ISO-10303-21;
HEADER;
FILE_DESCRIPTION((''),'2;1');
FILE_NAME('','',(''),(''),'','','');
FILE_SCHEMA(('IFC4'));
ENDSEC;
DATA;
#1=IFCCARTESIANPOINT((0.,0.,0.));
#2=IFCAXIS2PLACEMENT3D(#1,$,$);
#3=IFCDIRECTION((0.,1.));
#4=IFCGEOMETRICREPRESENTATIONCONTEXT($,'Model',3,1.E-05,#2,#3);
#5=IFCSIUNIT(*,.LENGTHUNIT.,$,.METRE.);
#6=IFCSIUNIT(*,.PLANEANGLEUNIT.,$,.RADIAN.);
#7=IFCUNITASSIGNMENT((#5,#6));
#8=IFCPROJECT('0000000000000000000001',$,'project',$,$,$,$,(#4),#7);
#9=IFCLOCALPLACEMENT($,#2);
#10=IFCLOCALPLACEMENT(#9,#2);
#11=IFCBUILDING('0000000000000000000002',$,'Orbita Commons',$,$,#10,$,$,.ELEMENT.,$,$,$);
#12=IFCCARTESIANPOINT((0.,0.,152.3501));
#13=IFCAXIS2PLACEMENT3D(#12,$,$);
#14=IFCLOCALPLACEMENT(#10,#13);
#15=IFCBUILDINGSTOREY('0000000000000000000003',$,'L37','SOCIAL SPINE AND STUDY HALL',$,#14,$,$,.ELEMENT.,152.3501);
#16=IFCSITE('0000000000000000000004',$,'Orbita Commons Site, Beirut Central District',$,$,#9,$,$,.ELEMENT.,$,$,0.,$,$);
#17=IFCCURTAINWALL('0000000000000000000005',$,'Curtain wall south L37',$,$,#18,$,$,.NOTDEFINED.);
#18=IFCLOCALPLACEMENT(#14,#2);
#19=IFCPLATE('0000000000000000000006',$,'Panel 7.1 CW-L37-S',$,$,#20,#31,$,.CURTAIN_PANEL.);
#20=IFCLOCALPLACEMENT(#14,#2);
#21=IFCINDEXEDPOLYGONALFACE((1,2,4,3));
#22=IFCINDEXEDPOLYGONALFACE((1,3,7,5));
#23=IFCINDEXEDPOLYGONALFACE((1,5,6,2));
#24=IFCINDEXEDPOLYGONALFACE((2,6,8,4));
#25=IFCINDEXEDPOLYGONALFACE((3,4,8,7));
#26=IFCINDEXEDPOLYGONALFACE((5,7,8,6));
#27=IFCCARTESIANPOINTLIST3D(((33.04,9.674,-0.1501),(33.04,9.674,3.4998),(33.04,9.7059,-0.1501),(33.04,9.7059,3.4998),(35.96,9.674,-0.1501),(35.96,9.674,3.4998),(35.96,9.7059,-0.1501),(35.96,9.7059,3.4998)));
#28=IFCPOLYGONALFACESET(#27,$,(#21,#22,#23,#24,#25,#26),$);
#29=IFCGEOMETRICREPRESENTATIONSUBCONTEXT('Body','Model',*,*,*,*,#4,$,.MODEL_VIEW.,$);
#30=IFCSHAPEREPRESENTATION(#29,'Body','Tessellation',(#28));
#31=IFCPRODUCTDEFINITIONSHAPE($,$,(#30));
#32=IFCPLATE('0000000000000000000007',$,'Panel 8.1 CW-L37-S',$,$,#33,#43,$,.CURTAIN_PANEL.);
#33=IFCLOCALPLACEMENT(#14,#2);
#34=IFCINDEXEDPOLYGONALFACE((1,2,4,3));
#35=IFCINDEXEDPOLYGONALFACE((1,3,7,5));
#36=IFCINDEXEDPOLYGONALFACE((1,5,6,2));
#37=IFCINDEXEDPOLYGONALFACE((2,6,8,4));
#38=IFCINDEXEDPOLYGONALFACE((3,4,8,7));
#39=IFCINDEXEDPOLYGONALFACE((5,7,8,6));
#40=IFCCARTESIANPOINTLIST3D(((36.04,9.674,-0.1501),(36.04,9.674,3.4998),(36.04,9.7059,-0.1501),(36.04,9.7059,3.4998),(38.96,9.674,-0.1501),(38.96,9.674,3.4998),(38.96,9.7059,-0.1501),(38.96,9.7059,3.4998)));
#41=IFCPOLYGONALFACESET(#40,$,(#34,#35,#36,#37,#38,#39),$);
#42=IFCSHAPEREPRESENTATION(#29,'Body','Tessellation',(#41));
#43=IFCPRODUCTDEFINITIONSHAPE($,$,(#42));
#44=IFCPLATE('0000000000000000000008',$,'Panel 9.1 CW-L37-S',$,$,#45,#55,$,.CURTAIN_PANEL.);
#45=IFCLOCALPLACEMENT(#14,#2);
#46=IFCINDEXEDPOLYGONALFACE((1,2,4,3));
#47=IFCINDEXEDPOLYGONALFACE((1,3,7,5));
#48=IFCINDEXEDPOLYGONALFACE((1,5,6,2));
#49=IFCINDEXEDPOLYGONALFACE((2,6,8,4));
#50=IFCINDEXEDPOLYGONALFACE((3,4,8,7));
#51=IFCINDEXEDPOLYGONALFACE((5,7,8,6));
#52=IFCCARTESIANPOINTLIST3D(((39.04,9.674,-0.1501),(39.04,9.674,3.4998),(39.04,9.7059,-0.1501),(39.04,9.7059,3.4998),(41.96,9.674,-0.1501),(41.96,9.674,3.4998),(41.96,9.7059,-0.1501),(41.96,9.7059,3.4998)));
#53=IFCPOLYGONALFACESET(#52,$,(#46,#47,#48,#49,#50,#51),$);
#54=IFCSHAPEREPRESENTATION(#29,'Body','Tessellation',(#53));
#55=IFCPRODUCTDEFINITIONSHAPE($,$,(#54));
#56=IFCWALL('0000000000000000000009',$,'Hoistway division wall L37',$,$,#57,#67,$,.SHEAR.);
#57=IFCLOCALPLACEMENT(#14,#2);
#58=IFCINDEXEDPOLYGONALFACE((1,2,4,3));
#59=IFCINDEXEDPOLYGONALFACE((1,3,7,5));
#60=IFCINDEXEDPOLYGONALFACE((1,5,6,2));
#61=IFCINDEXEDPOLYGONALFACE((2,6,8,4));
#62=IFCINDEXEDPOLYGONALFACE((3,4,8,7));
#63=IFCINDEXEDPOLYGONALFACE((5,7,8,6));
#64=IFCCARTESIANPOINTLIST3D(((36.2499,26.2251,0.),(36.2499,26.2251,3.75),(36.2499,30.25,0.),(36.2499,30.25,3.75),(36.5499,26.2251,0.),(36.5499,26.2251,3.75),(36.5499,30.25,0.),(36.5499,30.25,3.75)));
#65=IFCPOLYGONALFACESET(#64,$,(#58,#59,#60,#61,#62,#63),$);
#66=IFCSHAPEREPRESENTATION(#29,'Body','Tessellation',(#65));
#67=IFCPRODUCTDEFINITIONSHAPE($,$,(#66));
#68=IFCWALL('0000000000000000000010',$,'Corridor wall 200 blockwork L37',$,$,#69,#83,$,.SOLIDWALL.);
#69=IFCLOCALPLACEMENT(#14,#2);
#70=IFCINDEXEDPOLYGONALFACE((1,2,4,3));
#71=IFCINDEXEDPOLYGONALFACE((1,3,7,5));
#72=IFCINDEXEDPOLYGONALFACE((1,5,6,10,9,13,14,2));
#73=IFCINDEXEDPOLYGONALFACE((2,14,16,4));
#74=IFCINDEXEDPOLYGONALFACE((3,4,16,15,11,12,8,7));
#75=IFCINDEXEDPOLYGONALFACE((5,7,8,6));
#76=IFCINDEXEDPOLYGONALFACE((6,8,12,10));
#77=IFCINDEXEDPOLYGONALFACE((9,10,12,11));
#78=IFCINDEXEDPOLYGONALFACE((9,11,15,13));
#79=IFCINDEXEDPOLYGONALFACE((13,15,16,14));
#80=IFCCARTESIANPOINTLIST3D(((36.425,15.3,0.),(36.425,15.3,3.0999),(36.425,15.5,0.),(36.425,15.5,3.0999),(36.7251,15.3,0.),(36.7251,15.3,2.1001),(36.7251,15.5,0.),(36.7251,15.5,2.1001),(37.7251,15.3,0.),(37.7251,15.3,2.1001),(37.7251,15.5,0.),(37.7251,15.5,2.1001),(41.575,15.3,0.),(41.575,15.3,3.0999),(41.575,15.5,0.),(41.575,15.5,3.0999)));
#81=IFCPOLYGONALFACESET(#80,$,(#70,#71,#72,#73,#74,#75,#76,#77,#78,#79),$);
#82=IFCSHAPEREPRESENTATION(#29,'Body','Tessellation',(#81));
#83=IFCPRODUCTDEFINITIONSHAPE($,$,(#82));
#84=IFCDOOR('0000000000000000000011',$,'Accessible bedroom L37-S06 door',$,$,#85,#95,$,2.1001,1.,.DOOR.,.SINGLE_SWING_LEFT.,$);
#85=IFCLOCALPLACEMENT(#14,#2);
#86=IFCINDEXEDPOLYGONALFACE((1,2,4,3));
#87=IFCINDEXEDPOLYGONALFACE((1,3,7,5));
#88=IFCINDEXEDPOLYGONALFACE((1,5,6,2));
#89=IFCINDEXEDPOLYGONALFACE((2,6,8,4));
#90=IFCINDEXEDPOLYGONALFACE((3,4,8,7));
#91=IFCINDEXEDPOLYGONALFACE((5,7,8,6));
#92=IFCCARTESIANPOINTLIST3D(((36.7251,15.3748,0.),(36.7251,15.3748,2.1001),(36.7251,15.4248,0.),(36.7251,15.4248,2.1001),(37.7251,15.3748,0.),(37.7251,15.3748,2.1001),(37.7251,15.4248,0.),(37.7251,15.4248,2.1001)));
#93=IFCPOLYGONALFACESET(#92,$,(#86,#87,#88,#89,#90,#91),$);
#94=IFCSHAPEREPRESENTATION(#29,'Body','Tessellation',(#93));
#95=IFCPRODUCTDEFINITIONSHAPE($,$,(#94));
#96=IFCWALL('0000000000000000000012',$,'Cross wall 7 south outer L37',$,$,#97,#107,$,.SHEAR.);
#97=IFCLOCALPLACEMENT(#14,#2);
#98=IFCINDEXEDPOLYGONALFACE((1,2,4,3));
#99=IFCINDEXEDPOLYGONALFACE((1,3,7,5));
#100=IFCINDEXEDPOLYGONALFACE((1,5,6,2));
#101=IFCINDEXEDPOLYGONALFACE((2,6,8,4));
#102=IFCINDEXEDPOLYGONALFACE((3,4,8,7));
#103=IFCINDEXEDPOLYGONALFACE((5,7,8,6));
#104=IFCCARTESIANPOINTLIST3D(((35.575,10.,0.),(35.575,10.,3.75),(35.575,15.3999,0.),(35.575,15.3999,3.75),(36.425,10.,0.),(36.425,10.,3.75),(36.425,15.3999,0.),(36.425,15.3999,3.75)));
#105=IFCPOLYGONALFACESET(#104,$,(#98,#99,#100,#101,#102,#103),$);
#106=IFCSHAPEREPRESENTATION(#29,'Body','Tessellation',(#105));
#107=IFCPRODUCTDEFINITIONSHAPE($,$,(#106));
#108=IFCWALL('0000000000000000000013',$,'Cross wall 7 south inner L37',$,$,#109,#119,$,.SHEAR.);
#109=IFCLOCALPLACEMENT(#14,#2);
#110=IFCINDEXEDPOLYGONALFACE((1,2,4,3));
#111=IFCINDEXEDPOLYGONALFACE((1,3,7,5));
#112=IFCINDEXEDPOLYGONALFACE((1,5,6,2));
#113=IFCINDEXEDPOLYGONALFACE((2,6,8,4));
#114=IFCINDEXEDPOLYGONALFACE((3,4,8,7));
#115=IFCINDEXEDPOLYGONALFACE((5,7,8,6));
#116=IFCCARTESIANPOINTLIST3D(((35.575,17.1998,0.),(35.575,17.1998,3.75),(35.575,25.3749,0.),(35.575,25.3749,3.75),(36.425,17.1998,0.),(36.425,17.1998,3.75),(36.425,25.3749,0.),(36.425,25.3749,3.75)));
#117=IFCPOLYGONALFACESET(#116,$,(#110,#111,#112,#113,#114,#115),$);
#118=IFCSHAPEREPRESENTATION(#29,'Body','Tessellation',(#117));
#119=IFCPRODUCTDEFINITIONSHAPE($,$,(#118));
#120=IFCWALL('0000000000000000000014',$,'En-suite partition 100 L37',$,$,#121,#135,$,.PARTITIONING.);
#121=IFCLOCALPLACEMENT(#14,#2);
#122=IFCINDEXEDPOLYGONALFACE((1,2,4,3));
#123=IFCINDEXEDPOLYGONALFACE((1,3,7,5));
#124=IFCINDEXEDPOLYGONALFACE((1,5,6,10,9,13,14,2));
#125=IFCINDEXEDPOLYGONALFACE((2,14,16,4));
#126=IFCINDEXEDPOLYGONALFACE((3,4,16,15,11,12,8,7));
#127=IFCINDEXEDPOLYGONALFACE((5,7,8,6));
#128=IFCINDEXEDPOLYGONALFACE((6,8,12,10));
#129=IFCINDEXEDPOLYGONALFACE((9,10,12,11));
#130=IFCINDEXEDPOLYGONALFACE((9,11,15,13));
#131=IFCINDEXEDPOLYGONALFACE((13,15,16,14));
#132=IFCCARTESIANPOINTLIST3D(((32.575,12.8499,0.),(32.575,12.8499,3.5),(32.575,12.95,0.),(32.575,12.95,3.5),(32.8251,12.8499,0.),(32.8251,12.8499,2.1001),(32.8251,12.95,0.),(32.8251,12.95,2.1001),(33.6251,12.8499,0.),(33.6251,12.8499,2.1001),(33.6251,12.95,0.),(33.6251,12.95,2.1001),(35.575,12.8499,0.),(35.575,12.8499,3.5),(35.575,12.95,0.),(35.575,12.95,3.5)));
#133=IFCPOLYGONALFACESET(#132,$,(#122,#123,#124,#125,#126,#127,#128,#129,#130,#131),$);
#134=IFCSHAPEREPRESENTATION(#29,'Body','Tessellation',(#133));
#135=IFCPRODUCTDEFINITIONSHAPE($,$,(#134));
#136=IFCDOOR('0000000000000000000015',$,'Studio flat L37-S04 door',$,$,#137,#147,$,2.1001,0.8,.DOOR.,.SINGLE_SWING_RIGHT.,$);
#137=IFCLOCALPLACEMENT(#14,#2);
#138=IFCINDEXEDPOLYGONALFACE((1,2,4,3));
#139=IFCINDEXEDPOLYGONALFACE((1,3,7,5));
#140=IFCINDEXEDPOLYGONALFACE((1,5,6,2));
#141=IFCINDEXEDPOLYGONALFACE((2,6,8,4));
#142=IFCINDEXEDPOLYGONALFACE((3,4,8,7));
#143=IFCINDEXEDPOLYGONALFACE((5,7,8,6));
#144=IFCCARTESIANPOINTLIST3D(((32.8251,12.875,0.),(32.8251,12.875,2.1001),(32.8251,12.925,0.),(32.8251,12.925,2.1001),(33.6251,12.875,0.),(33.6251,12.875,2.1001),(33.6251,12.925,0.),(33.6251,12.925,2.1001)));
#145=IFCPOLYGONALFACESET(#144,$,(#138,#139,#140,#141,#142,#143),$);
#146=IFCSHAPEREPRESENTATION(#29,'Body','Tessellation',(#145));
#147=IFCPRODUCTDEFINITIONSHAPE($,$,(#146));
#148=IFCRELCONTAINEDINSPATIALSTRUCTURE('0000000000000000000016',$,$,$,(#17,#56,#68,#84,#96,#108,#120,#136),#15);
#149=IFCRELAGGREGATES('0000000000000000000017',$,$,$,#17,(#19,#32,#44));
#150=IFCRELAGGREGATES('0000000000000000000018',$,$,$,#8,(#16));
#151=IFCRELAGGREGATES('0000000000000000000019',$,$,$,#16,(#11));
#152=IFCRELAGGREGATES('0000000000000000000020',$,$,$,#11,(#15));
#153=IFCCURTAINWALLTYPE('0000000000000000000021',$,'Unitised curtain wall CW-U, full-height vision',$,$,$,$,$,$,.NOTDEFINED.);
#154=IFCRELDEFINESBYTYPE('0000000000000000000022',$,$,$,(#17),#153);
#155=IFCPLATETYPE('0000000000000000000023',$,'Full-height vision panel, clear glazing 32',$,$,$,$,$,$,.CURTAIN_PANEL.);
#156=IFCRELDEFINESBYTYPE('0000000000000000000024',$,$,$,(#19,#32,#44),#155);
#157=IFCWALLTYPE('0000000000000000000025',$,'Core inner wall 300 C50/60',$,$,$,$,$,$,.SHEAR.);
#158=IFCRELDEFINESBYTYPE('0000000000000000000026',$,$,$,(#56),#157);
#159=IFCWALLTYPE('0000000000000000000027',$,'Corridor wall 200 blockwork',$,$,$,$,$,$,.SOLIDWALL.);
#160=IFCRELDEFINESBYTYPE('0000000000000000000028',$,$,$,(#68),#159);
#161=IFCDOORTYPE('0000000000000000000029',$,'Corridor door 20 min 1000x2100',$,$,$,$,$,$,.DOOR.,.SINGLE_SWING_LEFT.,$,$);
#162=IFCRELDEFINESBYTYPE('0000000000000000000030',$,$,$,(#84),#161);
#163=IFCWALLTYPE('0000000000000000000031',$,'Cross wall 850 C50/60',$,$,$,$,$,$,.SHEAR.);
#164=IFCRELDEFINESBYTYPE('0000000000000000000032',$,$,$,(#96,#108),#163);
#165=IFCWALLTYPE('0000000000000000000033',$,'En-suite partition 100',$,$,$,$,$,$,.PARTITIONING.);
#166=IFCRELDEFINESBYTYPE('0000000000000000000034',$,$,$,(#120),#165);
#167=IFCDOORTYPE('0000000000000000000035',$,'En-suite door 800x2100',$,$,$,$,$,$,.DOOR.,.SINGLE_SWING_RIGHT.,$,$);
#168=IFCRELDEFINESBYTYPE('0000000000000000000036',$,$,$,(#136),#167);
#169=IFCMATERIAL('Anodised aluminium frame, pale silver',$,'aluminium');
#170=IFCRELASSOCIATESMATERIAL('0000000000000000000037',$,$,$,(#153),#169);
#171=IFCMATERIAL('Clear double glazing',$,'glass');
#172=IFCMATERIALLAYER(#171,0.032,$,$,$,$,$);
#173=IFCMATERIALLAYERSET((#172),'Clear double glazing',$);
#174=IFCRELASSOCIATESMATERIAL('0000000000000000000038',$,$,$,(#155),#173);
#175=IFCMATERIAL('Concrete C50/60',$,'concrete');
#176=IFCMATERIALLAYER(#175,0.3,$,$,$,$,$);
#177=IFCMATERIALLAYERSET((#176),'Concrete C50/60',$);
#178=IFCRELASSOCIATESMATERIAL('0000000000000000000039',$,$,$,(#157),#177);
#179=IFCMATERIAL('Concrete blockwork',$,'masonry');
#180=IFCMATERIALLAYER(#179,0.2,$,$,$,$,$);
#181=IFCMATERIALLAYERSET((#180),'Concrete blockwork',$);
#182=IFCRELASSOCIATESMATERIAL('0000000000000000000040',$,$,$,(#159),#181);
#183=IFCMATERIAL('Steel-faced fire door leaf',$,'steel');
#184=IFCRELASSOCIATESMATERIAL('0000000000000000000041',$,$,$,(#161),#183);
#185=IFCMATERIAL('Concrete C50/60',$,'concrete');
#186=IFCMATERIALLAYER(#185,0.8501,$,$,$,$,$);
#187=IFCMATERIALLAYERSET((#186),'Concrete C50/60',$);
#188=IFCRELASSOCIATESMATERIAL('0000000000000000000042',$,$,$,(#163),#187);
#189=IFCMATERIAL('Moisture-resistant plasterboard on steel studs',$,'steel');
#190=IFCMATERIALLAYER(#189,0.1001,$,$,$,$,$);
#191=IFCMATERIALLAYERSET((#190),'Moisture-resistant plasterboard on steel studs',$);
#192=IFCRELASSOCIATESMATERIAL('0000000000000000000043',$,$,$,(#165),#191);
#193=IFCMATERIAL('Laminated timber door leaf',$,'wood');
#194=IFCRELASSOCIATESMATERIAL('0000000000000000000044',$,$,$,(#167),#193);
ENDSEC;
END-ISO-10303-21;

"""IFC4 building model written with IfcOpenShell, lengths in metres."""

from ifc_helpers import new_model, si_unit, direction, frame, frame_2d, origin, origin_2d, place, context, subcontext, project, spatial, polyline, rectangle, outline, extrude, material, layer, layer_set, type_object, element, fill, aggregate, save


model = new_model("IFC4")

# Units and contexts
model_context = context("Model", 3, precision=1e-05, world=origin(), true_north=direction((0.0, 1.0)))
body_context = subcontext(model_context, "Body", "Model", "MODEL_VIEW")
ifc_project = project(units=[si_unit("LENGTHUNIT", "METRE"), si_unit("PLANEANGLEUNIT", "RADIAN")], contexts=[model_context])

# Site, building, storey
site_placement = place(None, origin())
site = spatial("IfcSite", under=ifc_project, at=site_placement, Name="Orbita Commons Site, Beirut Central District", CompositionType="ELEMENT", RefElevation=0.0)
building_placement = place(site_placement, origin())
building = spatial("IfcBuilding", under=site, at=building_placement, Name="Orbita Commons", CompositionType="ELEMENT")
storey_placement = place(building_placement, frame((0.0, 0.0, 152.3501)))
storey = spatial("IfcBuildingStorey", under=building, at=storey_placement, Name="L37", Description="SOCIAL SPINE AND STUDY HALL", CompositionType="ELEMENT", Elevation=152.3501)

# Curtain wall
ifc_material_1 = material(Name="Anodised aluminium frame, pale silver", Category="aluminium")
curtain_wall_type = type_object("IfcCurtainWallType", Name="Unitised curtain wall CW-U, full-height vision", PredefinedType="NOTDEFINED", material=ifc_material_1)
curtain_wall_placement = place(storey_placement, origin())
curtain_wall = element("IfcCurtainWall", 1, at=curtain_wall_placement, inside=storey, type_object=curtain_wall_type, Name="Curtain wall south L37", PredefinedType="NOTDEFINED")

# Plates
ifc_material_2 = material(Name="Clear double glazing", Category="glass")
ifc_layer_1 = layer(ifc_material_2, 0.032)
ifc_layer_set_1 = layer_set([ifc_layer_1], Name="Clear double glazing")
plate_type = type_object("IfcPlateType", Name="Full-height vision panel, clear glazing 32", PredefinedType="CURTAIN_PANEL", material=ifc_layer_set_1)
plate_1_placement = place(storey_placement, frame((34.5, 9.6899, -0.1501), z_axis=(0.0, 0.0, 1.0), x_axis=(1.0, 0.0, 0.0)))
plate_1 = element("IfcPlate", 2, at=plate_1_placement, type_object=plate_type, Name="Panel 7.1 CW-L37-S", PredefinedType="CURTAIN_PANEL", context=body_context, shape_type="SweptSolid", body=[
    extrude(rectangle(XDim=2.9199, YDim=0.032, at=origin_2d()), origin(), (0.0, 0.0, 1.0), 3.6499),
])
plate_2_placement = place(storey_placement, frame((37.5, 9.6899, -0.1501), z_axis=(0.0, 0.0, 1.0), x_axis=(1.0, 0.0, 0.0)))
plate_2 = element("IfcPlate", 3, at=plate_2_placement, type_object=plate_type, Name="Panel 8.1 CW-L37-S", PredefinedType="CURTAIN_PANEL", context=body_context, shape_type="SweptSolid", body=[
    extrude(rectangle(XDim=2.9199, YDim=0.032, at=origin_2d()), origin(), (0.0, 0.0, 1.0), 3.6499),
])
plate_3_placement = place(storey_placement, frame((40.5, 9.6899, -0.1501), z_axis=(0.0, 0.0, 1.0), x_axis=(1.0, 0.0, 0.0)))
plate_3 = element("IfcPlate", 4, at=plate_3_placement, type_object=plate_type, Name="Panel 9.1 CW-L37-S", PredefinedType="CURTAIN_PANEL", context=body_context, shape_type="SweptSolid", body=[
    extrude(rectangle(XDim=2.9199, YDim=0.032, at=origin_2d()), origin(), (0.0, 0.0, 1.0), 3.6499),
])
aggregate(curtain_wall, [plate_1, plate_2, plate_3])

# Wall
ifc_material_3 = material(Name="Concrete C50/60", Category="concrete")
ifc_layer_2 = layer(ifc_material_3, 0.3)
ifc_layer_set_2 = layer_set([ifc_layer_2], Name="Concrete C50/60")
wall_type_1 = type_object("IfcWallType", Name="Core inner wall 300 C50/60", PredefinedType="SHEAR", material=ifc_layer_set_2)
wall_1_placement = place(storey_placement, frame((36.3999, 26.2251, 0.0), z_axis=(0.0, 0.0, 1.0), x_axis=(0.0, 1.0, 0.0)))
element("IfcWall", 5, at=wall_1_placement, inside=storey, type_object=wall_type_1, Name="Hoistway division wall L37", PredefinedType="SHEAR", context=body_context, shape_type="SweptSolid", body=[
    extrude(rectangle(XDim=4.0249, YDim=0.3, at=frame_2d((2.0125, 0.0))), origin(), (0.0, 0.0, 1.0), 3.75),
])

# Wall, opening, door
ifc_material_4 = material(Name="Concrete blockwork", Category="masonry")
ifc_layer_3 = layer(ifc_material_4, 0.2)
ifc_layer_set_3 = layer_set([ifc_layer_3], Name="Concrete blockwork")
wall_type_2 = type_object("IfcWallType", Name="Corridor wall 200 blockwork", PredefinedType="SOLIDWALL", material=ifc_layer_set_3)
wall_2_placement = place(storey_placement, frame((36.425, 15.3999, 0.0), z_axis=(0.0, 0.0, 1.0), x_axis=(1.0, 0.0, 0.0)))
wall_2 = element("IfcWall", 6, at=wall_2_placement, inside=storey, type_object=wall_type_2, Name="Corridor wall 200 blockwork L37", PredefinedType="SOLIDWALL", context=body_context, shape_type="SweptSolid", body=[
    extrude(outline(polyline([(0.0, 0.0), (5.1499, 0.0), (5.1499, 3.0999), (0.0, 3.0999), (0.0, 0.0)])), frame((0.0, 0.1001, 0.0), z_axis=(0.0, -1.0, 0.0), x_axis=(1.0, 0.0, 0.0)), (0.0, 0.0, 1.0), 0.2),
])
opening_1_placement = place(wall_2_placement, frame((0.3, 0.0, 0.0)))
opening_1 = element("IfcOpeningElement", 7, at=opening_1_placement, cuts=wall_2, PredefinedType="OPENING", context=body_context, shape_type="SweptSolid", body=[
    extrude(rectangle(XDim=1.0, YDim=2.1001, at=frame_2d((0.5, 1.05))), frame((0.0, 0.1099, 0.0), z_axis=(0.0, -1.0, 0.0), x_axis=(1.0, 0.0, 0.0)), (0.0, 0.0, 1.0), 0.22),
])
ifc_material_5 = material(Name="Steel-faced fire door leaf", Category="steel")
door_type_1 = type_object("IfcDoorType", Name="Corridor door 20 min 1000x2100", OperationType="SINGLE_SWING_LEFT", PredefinedType="DOOR", material=ifc_material_5)
door_1_placement = place(opening_1_placement, origin())
door_1 = element("IfcDoor", 8, at=door_1_placement, inside=storey, type_object=door_type_1, Name="Accessible bedroom L37-S06 door", OperationType="SINGLE_SWING_LEFT", OverallHeight=2.1001, OverallWidth=1.0, PredefinedType="DOOR", context=body_context, shape_type="SweptSolid", body=[
    extrude(rectangle(XDim=1.0, YDim=2.1001, at=frame_2d((0.5, 1.05))), frame((0.0, 0.0249, 0.0), z_axis=(0.0, -1.0, 0.0), x_axis=(1.0, 0.0, 0.0)), (0.0, 0.0, 1.0), 0.05),
])
fill(opening_1, door_1)

# Walls
ifc_material_6 = material(Name="Concrete C50/60", Category="concrete")
ifc_layer_4 = layer(ifc_material_6, 0.8501)
ifc_layer_set_4 = layer_set([ifc_layer_4], Name="Concrete C50/60")
wall_type_3 = type_object("IfcWallType", Name="Cross wall 850 C50/60", PredefinedType="SHEAR", material=ifc_layer_set_4)
wall_3_placement = place(storey_placement, frame((36.0, 10.0, 0.0), z_axis=(0.0, 0.0, 1.0), x_axis=(0.0, 1.0, 0.0)))
element("IfcWall", 9, at=wall_3_placement, inside=storey, type_object=wall_type_3, Name="Cross wall 7 south outer L37", PredefinedType="SHEAR", context=body_context, shape_type="SweptSolid", body=[
    extrude(rectangle(XDim=5.3999, YDim=0.8501, at=frame_2d((2.7, 0.0))), origin(), (0.0, 0.0, 1.0), 3.75),
])
wall_4_placement = place(storey_placement, frame((36.0, 17.2, 0.0), z_axis=(0.0, 0.0, 1.0), x_axis=(0.0, 1.0, 0.0)))
element("IfcWall", 10, at=wall_4_placement, inside=storey, type_object=wall_type_3, Name="Cross wall 7 south inner L37", PredefinedType="SHEAR", context=body_context, shape_type="SweptSolid", body=[
    extrude(rectangle(XDim=8.175, YDim=0.8501, at=frame_2d((4.0874, 0.0))), origin(), (0.0, 0.0, 1.0), 3.75),
])

# Wall, opening, door
ifc_material_7 = material(Name="Moisture-resistant plasterboard on steel studs", Category="steel")
ifc_layer_5 = layer(ifc_material_7, 0.1001)
ifc_layer_set_5 = layer_set([ifc_layer_5], Name="Moisture-resistant plasterboard on steel studs")
wall_type_4 = type_object("IfcWallType", Name="En-suite partition 100", PredefinedType="PARTITIONING", material=ifc_layer_set_5)
wall_5_placement = place(storey_placement, frame((35.575, 12.8999, 0.0), z_axis=(0.0, 0.0, 1.0), x_axis=(-1.0, 0.0, 0.0)))
wall_5 = element("IfcWall", 11, at=wall_5_placement, inside=storey, type_object=wall_type_4, Name="En-suite partition 100 L37", PredefinedType="PARTITIONING", context=body_context, shape_type="SweptSolid", body=[
    extrude(rectangle(XDim=3.0, YDim=0.1001, at=frame_2d((1.5, 0.0))), origin(), (0.0, 0.0, 1.0), 3.5),
])
opening_2_placement = place(wall_5_placement, frame((1.95, 0.0, 0.0)))
opening_2 = element("IfcOpeningElement", 12, at=opening_2_placement, cuts=wall_5, PredefinedType="OPENING", context=body_context, shape_type="SweptSolid", body=[
    extrude(rectangle(XDim=0.8, YDim=2.1001, at=frame_2d((0.3999, 1.05))), frame((0.0, 0.0601, 0.0), z_axis=(0.0, -1.0, 0.0), x_axis=(1.0, 0.0, 0.0)), (0.0, 0.0, 1.0), 0.1201),
])
ifc_material_8 = material(Name="Laminated timber door leaf", Category="wood")
door_type_2 = type_object("IfcDoorType", Name="En-suite door 800x2100", OperationType="SINGLE_SWING_RIGHT", PredefinedType="DOOR", material=ifc_material_8)
door_2_placement = place(opening_2_placement, origin())
door_2 = element("IfcDoor", 13, at=door_2_placement, inside=storey, type_object=door_type_2, Name="Studio flat L37-S04 door", OperationType="SINGLE_SWING_RIGHT", OverallHeight=2.1001, OverallWidth=0.8, PredefinedType="DOOR", context=body_context, shape_type="SweptSolid", body=[
    extrude(rectangle(XDim=0.8, YDim=2.1001, at=frame_2d((0.3999, 1.05))), frame((0.0, 0.0249, 0.0), z_axis=(0.0, -1.0, 0.0), x_axis=(1.0, 0.0, 0.0)), (0.0, 0.0, 1.0), 0.05),
])
fill(opening_2, door_2)

save(model, "model.ifc")
